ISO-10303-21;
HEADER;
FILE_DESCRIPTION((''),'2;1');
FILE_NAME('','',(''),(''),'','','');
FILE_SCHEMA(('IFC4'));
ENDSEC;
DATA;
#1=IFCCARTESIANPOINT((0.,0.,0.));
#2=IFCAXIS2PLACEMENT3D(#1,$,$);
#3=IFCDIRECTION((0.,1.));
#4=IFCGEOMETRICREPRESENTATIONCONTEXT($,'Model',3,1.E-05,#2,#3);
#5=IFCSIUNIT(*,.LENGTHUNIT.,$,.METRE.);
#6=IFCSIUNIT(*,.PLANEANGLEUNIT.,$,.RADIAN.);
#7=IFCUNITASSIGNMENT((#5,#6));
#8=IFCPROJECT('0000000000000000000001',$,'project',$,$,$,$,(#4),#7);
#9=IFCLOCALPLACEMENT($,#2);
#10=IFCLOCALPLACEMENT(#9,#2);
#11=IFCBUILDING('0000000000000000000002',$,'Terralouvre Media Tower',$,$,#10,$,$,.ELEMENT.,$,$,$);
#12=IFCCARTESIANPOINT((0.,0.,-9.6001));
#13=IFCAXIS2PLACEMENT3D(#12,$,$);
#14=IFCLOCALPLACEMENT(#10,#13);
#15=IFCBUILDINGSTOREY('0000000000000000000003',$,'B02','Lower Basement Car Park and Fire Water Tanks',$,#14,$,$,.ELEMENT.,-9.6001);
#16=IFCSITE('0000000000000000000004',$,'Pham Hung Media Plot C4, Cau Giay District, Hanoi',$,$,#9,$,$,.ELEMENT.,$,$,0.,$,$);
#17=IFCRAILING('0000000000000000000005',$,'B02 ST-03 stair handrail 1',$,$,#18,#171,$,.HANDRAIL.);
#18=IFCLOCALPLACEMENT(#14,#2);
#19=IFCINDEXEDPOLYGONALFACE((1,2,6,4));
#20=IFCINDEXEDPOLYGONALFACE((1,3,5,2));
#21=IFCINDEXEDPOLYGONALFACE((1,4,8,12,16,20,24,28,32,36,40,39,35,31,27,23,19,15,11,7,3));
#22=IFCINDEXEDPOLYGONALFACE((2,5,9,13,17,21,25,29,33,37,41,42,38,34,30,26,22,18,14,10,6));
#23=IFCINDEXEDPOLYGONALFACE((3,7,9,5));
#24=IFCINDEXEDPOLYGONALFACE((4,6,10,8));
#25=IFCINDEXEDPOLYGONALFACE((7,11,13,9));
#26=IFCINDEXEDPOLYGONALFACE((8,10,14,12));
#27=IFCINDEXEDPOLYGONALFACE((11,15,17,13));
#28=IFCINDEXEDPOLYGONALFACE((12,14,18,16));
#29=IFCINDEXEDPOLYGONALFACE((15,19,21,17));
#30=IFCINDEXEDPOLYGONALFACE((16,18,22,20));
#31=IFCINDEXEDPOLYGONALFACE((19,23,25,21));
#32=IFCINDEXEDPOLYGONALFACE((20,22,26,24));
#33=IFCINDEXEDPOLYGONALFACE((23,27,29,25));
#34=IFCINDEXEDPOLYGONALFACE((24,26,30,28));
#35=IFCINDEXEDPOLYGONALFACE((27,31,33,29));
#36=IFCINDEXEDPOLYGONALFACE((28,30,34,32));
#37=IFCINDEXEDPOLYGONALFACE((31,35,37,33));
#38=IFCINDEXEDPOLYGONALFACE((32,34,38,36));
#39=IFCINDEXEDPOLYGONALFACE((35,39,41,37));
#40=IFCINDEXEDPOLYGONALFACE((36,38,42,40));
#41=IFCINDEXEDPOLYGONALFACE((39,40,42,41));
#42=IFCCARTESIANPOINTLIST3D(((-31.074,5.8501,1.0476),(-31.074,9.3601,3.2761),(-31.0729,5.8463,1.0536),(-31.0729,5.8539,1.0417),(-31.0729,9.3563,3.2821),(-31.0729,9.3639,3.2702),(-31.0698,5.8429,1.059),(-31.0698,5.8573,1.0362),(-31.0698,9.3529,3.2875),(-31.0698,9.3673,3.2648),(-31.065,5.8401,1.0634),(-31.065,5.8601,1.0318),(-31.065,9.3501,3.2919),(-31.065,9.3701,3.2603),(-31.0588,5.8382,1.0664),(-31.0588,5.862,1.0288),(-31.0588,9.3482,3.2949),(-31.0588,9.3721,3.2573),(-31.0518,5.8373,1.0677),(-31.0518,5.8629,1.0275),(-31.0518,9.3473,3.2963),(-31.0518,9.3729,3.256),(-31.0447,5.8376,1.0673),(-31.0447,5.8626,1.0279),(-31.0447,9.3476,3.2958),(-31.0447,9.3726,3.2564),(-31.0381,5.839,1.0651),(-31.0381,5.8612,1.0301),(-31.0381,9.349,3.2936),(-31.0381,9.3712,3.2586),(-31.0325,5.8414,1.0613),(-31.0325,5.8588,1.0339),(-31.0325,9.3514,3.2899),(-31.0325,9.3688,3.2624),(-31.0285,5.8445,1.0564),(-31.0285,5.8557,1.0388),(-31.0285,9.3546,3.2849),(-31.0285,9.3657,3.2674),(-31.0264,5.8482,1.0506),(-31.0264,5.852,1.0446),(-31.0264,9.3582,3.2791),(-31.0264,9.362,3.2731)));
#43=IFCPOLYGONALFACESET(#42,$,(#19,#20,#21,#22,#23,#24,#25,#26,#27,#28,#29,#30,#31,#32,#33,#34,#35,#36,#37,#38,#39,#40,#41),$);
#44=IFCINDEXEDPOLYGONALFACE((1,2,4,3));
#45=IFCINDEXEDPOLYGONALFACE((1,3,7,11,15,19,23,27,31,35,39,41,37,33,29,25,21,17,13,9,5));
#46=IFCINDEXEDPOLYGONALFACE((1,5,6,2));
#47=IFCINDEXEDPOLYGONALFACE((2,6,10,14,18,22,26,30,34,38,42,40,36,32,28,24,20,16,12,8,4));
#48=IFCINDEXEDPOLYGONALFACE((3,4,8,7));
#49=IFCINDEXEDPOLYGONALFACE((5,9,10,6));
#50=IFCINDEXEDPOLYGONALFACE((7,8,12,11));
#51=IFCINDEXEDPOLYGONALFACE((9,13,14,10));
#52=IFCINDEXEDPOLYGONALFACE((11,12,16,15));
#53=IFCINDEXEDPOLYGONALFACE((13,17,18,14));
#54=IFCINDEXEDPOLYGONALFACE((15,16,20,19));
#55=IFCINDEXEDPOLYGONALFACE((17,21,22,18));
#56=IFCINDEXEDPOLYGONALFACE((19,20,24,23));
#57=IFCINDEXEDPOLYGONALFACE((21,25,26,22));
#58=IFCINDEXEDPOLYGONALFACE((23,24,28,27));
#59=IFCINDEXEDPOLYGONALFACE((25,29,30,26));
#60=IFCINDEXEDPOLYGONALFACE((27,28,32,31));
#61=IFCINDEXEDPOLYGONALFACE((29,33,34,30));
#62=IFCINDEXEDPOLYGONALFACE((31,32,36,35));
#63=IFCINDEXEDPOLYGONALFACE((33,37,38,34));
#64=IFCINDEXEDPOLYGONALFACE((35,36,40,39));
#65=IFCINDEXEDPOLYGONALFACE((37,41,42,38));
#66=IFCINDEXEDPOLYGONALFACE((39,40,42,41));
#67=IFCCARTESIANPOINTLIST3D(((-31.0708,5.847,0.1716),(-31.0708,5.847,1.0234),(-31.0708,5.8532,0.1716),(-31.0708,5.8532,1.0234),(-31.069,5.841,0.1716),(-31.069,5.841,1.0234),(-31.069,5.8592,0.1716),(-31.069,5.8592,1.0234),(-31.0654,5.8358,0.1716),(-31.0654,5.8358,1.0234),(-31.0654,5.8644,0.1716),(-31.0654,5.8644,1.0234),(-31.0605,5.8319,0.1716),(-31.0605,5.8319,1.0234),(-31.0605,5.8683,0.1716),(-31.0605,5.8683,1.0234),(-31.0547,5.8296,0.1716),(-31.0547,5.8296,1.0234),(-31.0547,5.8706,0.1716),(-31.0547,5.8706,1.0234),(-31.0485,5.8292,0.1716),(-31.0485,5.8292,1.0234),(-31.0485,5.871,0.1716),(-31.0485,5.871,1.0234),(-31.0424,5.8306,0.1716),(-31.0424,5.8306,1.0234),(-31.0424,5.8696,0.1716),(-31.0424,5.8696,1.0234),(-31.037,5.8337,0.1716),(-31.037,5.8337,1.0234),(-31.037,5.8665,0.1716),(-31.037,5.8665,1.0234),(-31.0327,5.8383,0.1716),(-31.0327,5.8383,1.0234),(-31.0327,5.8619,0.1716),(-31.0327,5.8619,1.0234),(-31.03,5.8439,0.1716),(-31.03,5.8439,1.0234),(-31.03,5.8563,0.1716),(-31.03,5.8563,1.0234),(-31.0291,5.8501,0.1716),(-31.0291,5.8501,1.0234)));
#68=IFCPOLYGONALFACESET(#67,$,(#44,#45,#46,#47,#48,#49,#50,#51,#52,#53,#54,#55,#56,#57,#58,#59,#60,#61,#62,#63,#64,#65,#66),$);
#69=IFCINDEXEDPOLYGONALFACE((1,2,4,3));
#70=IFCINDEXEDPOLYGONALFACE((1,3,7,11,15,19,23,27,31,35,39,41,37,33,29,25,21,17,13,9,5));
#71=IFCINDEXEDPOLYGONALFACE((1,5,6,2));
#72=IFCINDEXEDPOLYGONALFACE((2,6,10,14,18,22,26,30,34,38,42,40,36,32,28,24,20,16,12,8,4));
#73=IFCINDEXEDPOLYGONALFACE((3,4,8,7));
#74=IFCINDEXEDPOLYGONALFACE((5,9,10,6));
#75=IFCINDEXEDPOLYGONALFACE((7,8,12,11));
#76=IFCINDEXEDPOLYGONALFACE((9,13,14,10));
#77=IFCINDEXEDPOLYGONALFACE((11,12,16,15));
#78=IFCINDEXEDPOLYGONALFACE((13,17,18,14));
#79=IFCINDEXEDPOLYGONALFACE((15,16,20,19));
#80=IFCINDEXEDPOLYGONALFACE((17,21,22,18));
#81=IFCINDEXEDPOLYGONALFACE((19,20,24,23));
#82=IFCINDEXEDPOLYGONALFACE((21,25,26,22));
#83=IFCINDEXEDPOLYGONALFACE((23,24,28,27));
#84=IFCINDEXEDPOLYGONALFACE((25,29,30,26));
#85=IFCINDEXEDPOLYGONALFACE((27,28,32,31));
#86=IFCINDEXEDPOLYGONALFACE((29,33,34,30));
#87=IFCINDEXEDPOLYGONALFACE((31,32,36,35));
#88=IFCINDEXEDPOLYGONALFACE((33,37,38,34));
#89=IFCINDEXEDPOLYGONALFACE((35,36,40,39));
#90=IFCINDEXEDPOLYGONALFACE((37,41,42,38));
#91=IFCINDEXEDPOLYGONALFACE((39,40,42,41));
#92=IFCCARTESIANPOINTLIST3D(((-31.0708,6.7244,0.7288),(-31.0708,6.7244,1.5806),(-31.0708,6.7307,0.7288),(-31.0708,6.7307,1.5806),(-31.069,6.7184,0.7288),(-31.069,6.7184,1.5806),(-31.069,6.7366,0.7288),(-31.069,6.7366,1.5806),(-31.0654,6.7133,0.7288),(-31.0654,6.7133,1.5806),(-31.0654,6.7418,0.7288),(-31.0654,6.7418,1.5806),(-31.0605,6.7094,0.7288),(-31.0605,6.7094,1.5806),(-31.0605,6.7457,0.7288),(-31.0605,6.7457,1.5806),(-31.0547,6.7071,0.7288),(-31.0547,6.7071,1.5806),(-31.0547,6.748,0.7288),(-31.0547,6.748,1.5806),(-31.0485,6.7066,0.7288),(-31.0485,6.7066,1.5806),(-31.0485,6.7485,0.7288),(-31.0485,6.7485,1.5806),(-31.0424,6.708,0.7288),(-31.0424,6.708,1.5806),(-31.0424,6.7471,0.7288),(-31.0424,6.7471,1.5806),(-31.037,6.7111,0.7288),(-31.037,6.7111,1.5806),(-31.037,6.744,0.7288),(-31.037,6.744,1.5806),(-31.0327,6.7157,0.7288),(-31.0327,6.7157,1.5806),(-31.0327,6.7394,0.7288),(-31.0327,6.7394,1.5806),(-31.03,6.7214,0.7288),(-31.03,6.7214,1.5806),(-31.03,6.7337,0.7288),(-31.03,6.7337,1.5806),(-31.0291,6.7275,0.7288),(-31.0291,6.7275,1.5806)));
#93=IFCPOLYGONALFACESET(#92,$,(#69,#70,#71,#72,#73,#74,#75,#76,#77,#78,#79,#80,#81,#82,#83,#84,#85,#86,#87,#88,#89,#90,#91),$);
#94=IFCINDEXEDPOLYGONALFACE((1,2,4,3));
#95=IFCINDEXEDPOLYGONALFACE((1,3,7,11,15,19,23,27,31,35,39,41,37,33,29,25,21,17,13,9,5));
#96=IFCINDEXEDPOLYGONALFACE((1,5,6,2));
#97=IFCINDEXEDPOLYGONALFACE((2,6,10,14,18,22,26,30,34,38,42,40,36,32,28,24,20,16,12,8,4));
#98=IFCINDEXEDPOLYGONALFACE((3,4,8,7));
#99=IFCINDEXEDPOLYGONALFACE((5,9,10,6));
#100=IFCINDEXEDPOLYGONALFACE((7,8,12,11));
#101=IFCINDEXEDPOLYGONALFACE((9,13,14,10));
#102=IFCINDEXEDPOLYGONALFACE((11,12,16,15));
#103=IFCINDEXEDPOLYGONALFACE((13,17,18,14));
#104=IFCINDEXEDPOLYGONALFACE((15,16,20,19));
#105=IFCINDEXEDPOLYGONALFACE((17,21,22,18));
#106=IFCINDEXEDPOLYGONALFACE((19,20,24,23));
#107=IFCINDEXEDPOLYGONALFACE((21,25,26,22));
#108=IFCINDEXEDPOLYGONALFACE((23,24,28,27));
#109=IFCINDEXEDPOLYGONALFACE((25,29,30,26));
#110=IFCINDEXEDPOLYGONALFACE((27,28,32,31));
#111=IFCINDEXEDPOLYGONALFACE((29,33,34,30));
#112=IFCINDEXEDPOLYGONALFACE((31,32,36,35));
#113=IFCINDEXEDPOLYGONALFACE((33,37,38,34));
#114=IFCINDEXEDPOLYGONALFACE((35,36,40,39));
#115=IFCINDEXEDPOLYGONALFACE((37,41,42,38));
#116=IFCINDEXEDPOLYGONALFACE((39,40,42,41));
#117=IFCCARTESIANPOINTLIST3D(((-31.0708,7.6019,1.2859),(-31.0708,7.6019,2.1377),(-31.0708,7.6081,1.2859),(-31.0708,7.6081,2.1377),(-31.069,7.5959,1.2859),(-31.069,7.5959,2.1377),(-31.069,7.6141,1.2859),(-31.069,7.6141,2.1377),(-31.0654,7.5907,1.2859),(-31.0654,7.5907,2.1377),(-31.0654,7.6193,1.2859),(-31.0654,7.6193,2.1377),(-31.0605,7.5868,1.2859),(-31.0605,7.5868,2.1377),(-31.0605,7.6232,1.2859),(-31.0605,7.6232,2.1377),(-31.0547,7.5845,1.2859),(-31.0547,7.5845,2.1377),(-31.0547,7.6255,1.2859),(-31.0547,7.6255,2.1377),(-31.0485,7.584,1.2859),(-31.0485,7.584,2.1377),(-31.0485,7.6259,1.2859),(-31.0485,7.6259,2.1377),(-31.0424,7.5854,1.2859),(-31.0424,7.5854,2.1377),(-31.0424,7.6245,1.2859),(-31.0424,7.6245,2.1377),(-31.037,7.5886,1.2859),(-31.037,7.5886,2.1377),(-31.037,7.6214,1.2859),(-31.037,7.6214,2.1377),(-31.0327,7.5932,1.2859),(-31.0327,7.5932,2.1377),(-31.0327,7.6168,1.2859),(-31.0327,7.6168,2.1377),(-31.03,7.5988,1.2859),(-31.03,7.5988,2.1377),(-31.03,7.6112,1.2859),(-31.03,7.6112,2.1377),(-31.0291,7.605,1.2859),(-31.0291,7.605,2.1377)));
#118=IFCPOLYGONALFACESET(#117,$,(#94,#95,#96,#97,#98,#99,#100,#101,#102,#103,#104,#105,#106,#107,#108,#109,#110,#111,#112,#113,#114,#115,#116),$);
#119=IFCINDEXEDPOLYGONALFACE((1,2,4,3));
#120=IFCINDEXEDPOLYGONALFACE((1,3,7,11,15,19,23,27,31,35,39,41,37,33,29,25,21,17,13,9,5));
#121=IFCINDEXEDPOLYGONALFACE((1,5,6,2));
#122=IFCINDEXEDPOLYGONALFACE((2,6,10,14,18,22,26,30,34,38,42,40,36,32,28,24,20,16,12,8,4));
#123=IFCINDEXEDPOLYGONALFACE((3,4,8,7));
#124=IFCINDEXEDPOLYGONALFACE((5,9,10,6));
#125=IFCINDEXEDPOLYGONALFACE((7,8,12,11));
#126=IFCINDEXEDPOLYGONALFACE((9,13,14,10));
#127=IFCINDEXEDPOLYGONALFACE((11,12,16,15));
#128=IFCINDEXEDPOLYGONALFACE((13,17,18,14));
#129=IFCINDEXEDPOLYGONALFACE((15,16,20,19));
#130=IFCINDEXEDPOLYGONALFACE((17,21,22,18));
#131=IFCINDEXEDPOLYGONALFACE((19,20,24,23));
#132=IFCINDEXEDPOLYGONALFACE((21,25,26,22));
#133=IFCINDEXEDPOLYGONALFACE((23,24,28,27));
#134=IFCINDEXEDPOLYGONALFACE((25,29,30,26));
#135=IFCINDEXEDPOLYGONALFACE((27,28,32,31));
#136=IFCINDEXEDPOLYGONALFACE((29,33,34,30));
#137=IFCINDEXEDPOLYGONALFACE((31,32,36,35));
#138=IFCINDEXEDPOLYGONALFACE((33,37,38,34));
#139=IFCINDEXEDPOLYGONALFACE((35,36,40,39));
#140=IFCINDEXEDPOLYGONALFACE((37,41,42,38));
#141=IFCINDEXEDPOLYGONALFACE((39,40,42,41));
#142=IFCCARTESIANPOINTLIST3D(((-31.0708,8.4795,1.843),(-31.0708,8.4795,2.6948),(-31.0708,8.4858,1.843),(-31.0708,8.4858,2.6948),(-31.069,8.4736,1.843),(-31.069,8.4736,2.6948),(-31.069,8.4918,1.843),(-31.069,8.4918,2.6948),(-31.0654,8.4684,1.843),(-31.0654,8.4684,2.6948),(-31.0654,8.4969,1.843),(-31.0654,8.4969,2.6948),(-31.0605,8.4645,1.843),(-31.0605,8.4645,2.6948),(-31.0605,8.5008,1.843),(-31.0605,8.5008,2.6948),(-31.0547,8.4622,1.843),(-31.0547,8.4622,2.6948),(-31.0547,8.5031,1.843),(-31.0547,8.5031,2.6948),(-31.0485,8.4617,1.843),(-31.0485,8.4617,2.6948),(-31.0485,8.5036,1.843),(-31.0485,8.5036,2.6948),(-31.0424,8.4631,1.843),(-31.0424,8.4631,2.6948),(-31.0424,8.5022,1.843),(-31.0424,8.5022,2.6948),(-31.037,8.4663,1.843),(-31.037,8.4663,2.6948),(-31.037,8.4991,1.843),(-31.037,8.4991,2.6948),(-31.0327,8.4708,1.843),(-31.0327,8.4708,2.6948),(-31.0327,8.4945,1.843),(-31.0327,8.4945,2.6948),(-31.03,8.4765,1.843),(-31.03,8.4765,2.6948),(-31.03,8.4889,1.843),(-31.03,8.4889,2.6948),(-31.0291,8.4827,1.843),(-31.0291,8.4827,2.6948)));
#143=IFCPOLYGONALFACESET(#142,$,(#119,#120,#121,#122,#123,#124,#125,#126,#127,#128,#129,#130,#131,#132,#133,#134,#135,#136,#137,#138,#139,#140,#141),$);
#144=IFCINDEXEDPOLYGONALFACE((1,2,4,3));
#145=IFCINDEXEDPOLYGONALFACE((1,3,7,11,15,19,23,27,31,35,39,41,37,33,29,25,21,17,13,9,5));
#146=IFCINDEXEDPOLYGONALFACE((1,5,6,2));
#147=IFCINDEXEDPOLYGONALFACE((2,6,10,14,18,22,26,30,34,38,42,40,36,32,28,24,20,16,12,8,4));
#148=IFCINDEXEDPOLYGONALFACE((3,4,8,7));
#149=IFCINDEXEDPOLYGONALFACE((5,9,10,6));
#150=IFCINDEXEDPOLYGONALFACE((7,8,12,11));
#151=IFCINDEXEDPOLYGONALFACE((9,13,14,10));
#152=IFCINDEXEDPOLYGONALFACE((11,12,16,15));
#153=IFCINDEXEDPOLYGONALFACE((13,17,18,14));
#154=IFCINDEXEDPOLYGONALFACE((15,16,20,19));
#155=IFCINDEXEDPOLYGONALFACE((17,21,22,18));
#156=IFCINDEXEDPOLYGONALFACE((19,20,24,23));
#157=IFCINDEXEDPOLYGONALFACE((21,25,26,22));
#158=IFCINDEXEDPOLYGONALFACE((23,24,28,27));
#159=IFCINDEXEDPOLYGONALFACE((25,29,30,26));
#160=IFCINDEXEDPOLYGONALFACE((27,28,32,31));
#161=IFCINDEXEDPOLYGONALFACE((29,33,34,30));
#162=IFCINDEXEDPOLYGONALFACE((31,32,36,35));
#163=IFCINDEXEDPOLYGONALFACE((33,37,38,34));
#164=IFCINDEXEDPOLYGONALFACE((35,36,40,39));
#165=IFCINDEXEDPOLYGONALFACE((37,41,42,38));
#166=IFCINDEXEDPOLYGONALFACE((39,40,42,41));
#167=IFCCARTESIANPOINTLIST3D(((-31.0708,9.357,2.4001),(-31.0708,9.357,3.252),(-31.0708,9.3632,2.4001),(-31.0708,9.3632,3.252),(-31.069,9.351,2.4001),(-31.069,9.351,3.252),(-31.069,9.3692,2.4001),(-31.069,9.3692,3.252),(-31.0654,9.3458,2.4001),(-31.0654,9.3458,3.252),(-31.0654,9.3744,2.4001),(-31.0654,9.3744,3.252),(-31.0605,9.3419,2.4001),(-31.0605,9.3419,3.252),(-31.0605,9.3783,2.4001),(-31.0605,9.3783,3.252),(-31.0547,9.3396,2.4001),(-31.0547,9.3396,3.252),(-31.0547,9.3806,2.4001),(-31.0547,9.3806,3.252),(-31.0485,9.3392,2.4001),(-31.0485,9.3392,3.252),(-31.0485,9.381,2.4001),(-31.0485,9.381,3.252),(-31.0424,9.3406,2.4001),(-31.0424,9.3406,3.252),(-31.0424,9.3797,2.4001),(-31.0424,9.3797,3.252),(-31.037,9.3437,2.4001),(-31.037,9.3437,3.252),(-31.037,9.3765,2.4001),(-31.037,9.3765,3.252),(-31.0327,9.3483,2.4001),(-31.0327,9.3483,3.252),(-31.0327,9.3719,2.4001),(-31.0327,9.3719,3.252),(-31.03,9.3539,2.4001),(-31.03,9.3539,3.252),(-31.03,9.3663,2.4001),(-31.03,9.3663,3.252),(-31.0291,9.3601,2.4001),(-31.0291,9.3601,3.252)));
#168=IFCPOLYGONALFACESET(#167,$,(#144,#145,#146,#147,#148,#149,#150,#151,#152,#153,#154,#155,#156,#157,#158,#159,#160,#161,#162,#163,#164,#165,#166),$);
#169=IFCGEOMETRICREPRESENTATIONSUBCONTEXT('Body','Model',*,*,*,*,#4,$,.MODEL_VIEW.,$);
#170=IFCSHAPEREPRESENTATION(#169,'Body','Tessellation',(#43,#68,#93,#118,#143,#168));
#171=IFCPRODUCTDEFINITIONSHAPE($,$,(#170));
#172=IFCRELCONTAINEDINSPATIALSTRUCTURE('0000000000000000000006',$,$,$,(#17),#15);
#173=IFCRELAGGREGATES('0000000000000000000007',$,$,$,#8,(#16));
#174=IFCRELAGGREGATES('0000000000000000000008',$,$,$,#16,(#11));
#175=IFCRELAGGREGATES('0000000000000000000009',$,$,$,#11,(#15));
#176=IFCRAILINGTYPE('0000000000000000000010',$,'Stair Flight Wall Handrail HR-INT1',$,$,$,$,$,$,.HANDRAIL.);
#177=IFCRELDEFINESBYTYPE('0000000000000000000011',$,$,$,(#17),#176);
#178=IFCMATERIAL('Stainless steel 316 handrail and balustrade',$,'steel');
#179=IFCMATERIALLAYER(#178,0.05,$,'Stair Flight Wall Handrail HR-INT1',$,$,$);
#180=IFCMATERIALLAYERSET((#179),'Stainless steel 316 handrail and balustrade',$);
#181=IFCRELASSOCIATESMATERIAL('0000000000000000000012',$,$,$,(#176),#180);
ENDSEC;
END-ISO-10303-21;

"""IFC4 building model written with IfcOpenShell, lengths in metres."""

from ifc_helpers import new_model, si_unit, direction, frame, origin, origin_2d, place, context, subcontext, project, spatial, circle, extrude, material, layer, layer_set, type_object, element, save


model = new_model("IFC4")

# Units and contexts
model_context = context("Model", 3, precision=1e-05, world=origin(), true_north=direction((0.0, 1.0)))
body_context = subcontext(model_context, "Body", "Model", "MODEL_VIEW")
ifc_project = project(units=[si_unit("LENGTHUNIT", "METRE"), si_unit("PLANEANGLEUNIT", "RADIAN")], contexts=[model_context])

# Site, building, storey
site_placement = place(None, origin())
site = spatial("IfcSite", under=ifc_project, at=site_placement, Name="Pham Hung Media Plot C4, Cau Giay District, Hanoi", CompositionType="ELEMENT", RefElevation=0.0)
building_placement = place(site_placement, origin())
building = spatial("IfcBuilding", under=site, at=building_placement, Name="Terralouvre Media Tower", CompositionType="ELEMENT")
storey_placement = place(building_placement, frame((0.0, 0.0, -9.6001)))
storey = spatial("IfcBuildingStorey", under=building, at=storey_placement, Name="B02", Description="Lower Basement Car Park and Fire Water Tanks", CompositionType="ELEMENT", Elevation=-9.6001)

# Railing
ifc_material_1 = material(Name="Stainless steel 316 handrail and balustrade", Category="steel")
ifc_layer_1 = layer(ifc_material_1, 0.05, Name="Stair Flight Wall Handrail HR-INT1")
ifc_layer_set_1 = layer_set([ifc_layer_1], Name="Stainless steel 316 handrail and balustrade")
railing_type_1 = type_object("IfcRailingType", Name="Stair Flight Wall Handrail HR-INT1", PredefinedType="HANDRAIL", material=ifc_layer_set_1)
railing_1_placement = place(storey_placement, frame((-31.05, 5.8501, 0.1716)))
element("IfcRailing", 1, at=railing_1_placement, inside=storey, type_object=railing_type_1, Name="B02 ST-03 stair handrail 1", PredefinedType="HANDRAIL", context=body_context, shape_type="SweptSolid", body=[
    extrude(circle(Radius=0.0239, at=origin_2d()), frame((0.0, 0.0, 0.876), z_axis=(0.0, 0.84422, 0.535998), x_axis=(-1.0, 0.0, 0.0)), (0.0, 0.0, 1.0), 4.1577),
    extrude(circle(Radius=0.021, at=origin_2d()), origin(), (0.0, 0.0, 1.0), 0.8518),
    extrude(circle(Radius=0.021, at=origin_2d()), frame((0.0, 0.8774, 0.5571)), (0.0, 0.0, 1.0), 0.8518),
    extrude(circle(Radius=0.021, at=origin_2d()), frame((0.0, 1.7549, 1.1143)), (0.0, 0.0, 1.0), 0.8518),
    extrude(circle(Radius=0.021, at=origin_2d()), frame((0.0, 2.6326, 1.6714)), (0.0, 0.0, 1.0), 0.8518),
    extrude(circle(Radius=0.021, at=origin_2d()), frame((0.0, 3.51, 2.2285)), (0.0, 0.0, 1.0), 0.8518),
])

save(model, "model.ifc")
